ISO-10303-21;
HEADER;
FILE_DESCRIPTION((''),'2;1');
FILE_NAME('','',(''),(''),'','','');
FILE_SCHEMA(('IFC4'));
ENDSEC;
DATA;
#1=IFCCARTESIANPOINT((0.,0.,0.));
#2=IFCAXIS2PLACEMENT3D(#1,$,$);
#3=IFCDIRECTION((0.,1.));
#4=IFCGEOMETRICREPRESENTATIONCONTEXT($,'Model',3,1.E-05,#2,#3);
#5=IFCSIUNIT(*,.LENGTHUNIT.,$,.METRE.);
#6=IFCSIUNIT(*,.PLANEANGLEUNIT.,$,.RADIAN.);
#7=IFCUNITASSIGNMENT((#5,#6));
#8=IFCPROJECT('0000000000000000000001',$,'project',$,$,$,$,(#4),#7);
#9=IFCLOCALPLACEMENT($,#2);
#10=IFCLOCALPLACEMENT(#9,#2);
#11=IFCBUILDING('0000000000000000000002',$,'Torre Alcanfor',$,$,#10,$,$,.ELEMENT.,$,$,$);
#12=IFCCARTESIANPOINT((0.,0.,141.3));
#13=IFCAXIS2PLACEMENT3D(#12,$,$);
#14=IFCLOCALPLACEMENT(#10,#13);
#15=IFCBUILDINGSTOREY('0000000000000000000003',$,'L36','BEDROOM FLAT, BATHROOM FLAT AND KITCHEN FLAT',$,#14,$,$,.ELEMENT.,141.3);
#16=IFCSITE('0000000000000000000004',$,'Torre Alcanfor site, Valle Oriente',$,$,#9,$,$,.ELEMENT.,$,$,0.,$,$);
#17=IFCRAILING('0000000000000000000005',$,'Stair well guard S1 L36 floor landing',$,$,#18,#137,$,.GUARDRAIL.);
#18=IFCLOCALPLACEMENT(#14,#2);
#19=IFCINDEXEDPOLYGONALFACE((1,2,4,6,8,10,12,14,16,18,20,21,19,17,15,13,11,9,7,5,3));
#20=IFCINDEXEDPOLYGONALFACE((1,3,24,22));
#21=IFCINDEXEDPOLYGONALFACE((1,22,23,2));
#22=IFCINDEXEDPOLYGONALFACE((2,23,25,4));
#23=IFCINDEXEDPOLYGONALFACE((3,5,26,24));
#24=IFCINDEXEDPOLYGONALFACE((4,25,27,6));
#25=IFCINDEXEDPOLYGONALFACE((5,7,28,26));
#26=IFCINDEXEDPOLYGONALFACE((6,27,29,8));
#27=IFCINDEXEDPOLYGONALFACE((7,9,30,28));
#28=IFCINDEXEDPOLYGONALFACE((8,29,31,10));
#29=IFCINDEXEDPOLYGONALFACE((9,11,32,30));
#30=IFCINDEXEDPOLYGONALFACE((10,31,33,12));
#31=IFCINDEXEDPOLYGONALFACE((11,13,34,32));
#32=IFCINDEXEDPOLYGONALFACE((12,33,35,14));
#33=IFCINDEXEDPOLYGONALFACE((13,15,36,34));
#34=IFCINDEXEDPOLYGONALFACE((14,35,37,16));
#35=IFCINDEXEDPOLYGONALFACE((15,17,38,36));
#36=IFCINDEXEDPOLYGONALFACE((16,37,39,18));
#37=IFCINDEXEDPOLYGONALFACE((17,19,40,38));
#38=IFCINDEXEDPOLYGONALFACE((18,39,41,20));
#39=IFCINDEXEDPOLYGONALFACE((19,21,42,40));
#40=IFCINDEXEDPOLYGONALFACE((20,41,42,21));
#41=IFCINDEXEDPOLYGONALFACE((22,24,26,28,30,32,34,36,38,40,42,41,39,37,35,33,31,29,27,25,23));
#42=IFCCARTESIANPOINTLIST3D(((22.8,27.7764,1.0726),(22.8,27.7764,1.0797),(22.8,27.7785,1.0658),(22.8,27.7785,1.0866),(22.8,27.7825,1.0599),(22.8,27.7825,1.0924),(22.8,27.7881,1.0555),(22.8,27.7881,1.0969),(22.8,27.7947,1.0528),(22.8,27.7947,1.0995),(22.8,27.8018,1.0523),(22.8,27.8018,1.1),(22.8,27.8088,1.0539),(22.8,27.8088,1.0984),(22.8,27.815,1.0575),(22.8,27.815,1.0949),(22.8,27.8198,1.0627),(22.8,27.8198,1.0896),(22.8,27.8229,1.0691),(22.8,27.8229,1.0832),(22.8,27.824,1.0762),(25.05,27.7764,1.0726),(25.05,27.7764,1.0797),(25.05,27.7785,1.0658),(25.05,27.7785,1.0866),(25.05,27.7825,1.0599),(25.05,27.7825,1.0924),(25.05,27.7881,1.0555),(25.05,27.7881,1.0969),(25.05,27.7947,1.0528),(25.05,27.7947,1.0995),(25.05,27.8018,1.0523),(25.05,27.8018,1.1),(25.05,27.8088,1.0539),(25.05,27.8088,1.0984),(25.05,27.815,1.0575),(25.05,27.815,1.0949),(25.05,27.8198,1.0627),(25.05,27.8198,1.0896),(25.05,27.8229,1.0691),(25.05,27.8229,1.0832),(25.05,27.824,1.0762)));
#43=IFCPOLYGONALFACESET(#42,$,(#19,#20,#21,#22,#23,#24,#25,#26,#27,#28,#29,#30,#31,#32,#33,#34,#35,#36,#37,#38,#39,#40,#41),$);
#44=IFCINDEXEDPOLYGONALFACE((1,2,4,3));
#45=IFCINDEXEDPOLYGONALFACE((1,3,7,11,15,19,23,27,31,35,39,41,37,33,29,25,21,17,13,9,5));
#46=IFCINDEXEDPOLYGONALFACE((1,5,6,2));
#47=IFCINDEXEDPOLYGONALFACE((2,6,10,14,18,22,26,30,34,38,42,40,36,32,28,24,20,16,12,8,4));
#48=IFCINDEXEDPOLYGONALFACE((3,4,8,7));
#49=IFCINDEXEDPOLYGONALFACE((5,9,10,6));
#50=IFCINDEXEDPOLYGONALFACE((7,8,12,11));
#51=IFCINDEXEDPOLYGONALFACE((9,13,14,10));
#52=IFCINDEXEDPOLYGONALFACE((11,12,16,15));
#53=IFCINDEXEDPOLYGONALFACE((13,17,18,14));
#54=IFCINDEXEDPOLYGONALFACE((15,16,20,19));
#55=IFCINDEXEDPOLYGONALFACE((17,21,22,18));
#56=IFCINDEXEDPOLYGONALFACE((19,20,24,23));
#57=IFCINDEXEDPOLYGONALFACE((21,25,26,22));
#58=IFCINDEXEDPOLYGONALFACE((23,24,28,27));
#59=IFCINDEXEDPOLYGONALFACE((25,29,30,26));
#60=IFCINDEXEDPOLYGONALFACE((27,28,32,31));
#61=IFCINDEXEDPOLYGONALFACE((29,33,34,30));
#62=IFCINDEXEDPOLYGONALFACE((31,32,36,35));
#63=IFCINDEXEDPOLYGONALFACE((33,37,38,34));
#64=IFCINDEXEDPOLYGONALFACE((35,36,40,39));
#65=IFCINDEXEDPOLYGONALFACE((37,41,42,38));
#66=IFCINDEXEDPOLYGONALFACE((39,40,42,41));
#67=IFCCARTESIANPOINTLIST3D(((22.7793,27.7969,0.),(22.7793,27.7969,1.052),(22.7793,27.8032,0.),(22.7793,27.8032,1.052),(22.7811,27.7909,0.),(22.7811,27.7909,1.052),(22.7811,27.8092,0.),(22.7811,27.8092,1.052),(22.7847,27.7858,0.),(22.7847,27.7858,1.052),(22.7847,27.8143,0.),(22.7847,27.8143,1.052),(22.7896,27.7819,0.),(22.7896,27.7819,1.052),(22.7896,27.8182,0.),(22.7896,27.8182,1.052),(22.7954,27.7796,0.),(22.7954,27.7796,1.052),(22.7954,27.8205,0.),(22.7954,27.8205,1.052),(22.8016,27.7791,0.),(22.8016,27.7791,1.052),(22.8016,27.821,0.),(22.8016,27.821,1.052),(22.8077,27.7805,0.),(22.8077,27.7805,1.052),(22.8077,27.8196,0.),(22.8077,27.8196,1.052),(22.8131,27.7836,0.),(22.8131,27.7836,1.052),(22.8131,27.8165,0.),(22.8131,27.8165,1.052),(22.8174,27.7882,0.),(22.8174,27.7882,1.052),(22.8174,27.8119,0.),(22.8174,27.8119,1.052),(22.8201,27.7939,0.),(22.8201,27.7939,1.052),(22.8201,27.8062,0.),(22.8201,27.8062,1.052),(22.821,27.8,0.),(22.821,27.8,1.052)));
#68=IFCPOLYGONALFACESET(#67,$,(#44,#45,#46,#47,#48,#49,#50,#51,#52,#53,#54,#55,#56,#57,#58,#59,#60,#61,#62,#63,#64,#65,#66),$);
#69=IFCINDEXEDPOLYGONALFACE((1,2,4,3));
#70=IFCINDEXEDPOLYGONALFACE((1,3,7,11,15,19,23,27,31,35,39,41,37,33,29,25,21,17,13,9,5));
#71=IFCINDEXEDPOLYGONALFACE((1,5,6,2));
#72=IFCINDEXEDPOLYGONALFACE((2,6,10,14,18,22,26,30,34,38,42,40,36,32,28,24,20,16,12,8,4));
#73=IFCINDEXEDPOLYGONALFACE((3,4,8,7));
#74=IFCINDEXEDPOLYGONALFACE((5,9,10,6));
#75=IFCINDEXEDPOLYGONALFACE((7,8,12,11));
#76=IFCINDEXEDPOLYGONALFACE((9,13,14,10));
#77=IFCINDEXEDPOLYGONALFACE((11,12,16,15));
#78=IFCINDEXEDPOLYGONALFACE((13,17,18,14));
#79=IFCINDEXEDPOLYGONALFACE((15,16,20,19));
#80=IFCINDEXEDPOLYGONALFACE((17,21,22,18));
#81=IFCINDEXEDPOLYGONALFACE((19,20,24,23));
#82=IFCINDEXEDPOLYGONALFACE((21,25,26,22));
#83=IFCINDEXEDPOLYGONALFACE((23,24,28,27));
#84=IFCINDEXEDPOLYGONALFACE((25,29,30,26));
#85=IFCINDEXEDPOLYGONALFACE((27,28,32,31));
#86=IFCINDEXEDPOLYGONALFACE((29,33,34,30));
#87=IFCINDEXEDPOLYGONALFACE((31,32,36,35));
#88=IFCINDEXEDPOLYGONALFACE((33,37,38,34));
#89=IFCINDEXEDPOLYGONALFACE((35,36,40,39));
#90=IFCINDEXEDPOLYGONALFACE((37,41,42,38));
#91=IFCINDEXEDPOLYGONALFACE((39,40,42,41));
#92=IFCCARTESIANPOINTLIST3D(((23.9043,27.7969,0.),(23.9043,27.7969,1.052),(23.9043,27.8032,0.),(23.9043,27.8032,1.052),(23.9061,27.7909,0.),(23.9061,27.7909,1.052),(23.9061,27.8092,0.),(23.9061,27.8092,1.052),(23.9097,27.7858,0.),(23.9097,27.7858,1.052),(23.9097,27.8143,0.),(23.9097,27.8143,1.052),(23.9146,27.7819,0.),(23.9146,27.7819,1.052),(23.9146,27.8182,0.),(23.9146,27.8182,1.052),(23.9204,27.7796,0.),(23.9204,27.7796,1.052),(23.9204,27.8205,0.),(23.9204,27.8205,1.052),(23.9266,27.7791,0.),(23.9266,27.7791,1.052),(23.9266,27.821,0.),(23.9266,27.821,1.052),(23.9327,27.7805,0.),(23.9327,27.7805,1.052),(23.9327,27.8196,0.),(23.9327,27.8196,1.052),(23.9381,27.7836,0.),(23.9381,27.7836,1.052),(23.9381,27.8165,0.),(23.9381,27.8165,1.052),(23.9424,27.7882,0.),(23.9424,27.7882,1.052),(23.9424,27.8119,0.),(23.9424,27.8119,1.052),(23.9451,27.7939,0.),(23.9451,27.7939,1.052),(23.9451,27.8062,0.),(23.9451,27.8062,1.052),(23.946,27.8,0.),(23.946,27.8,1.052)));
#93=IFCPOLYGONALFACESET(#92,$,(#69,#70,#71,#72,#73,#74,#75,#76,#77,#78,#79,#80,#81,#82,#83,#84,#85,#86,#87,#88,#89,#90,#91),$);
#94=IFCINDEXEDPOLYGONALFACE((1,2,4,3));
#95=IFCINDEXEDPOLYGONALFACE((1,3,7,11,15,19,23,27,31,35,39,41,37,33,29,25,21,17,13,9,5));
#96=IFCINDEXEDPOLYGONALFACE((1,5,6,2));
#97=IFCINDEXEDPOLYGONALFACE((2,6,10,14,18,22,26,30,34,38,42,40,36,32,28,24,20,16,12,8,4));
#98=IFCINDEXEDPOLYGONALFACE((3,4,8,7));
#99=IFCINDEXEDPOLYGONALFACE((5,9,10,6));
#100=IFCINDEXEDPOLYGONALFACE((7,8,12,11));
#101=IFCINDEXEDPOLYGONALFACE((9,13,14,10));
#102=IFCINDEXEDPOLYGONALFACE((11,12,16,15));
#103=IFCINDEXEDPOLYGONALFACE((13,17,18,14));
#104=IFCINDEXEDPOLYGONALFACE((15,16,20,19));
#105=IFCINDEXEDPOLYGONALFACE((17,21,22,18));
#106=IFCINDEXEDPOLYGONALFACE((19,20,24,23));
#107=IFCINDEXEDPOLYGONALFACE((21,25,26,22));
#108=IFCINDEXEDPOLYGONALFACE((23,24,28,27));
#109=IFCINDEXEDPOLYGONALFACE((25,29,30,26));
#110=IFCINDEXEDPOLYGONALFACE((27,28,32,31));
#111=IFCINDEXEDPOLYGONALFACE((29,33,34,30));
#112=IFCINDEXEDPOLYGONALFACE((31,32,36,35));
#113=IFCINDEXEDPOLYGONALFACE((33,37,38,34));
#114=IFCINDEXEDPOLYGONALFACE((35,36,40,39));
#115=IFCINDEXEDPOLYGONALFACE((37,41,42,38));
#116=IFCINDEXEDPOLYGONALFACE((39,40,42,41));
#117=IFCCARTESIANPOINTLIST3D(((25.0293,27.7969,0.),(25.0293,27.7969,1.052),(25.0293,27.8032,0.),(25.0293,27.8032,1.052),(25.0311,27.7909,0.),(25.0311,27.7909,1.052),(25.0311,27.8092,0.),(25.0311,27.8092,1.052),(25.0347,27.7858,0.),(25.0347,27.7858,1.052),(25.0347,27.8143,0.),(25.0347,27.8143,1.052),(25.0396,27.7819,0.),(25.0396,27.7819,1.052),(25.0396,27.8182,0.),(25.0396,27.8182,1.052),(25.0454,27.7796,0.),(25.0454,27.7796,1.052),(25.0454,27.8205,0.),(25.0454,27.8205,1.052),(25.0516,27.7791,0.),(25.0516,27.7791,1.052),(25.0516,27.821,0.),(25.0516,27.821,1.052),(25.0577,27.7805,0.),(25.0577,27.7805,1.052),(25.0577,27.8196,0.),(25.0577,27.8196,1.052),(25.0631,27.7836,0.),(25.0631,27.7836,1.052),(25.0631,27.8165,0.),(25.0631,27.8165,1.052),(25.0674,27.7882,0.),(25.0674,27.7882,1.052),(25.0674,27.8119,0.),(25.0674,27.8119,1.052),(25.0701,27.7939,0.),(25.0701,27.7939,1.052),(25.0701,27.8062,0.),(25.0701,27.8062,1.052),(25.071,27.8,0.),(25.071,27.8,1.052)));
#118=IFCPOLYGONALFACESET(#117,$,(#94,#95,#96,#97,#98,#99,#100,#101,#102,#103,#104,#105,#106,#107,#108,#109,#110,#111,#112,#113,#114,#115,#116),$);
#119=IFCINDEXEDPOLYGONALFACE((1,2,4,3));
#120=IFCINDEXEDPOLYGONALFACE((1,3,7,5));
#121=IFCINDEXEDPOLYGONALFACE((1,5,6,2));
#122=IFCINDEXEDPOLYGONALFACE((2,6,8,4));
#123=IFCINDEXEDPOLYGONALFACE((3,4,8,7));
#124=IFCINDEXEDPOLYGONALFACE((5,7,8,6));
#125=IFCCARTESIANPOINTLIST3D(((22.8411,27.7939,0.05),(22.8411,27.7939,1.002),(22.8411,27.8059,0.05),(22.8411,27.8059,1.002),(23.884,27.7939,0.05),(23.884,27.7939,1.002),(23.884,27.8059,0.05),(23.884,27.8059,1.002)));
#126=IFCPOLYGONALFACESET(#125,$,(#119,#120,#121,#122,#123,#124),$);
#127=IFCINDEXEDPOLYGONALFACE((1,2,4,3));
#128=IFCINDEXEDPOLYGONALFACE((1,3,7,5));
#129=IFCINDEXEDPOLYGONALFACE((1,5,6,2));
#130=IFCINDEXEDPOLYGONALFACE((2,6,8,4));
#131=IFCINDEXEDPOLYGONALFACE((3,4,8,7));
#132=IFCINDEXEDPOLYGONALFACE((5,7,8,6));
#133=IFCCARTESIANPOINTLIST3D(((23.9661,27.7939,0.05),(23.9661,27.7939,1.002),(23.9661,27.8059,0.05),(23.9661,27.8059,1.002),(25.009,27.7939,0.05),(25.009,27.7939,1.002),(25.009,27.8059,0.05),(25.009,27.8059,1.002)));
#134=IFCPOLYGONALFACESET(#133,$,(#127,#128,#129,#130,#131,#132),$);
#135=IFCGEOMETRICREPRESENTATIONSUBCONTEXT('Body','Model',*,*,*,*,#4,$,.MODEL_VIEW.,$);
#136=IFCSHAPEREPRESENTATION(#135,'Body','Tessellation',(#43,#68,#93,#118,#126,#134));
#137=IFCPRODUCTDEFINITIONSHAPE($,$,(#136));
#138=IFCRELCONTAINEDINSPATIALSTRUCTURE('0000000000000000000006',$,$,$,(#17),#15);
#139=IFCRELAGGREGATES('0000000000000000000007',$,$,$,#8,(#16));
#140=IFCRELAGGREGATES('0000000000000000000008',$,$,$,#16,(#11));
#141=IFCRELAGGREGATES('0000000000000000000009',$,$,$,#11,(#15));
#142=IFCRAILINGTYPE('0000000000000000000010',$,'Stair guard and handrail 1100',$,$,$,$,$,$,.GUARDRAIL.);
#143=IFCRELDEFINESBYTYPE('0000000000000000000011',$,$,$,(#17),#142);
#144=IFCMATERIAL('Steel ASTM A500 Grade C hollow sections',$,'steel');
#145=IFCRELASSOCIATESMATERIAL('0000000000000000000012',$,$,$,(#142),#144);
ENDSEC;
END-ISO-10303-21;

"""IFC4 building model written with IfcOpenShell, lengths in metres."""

from ifc_helpers import new_model, si_unit, direction, frame, origin, origin_2d, place, context, subcontext, project, spatial, polyline, circle, outline, extrude, material, type_object, element, save


model = new_model("IFC4")

# Units and contexts
model_context = context("Model", 3, precision=1e-05, world=origin(), true_north=direction((0.0, 1.0)))
body_context = subcontext(model_context, "Body", "Model", "MODEL_VIEW")
ifc_project = project(units=[si_unit("LENGTHUNIT", "METRE"), si_unit("PLANEANGLEUNIT", "RADIAN")], contexts=[model_context])

# Site, building, storey
site_placement = place(None, origin())
site = spatial("IfcSite", under=ifc_project, at=site_placement, Name="Torre Alcanfor site, Valle Oriente", CompositionType="ELEMENT", RefElevation=0.0)
building_placement = place(site_placement, origin())
building = spatial("IfcBuilding", under=site, at=building_placement, Name="Torre Alcanfor", CompositionType="ELEMENT")
storey_placement = place(building_placement, frame((0.0, 0.0, 141.3)))
storey = spatial("IfcBuildingStorey", under=building, at=storey_placement, Name="L36", Description="BEDROOM FLAT, BATHROOM FLAT AND KITCHEN FLAT", CompositionType="ELEMENT", Elevation=141.3)

# Railing
ifc_material_1 = material(Name="Steel ASTM A500 Grade C hollow sections", Category="steel")
railing_type_1 = type_object("IfcRailingType", Name="Stair guard and handrail 1100", PredefinedType="GUARDRAIL", material=ifc_material_1)
railing_1_placement = place(storey_placement, frame((22.8, 27.8, 0.0)))
element("IfcRailing", 1, at=railing_1_placement, inside=storey, type_object=railing_type_1, Name="Stair well guard S1 L36 floor landing", PredefinedType="GUARDRAIL", context=body_context, shape_type="SweptSolid", body=[
    extrude(circle(Radius=0.0239, at=origin_2d()), frame((0.0, 0.0, 1.0762), z_axis=(1.0, 0.0, 0.0), x_axis=(0.0, 1.0, 0.0)), (0.0, 0.0, 1.0), 2.25),
    extrude(circle(Radius=0.021, at=origin_2d()), origin(), (0.0, 0.0, 1.0), 1.052),
    extrude(circle(Radius=0.021, at=origin_2d()), frame((1.125, 0.0, 0.0)), (0.0, 0.0, 1.0), 1.052),
    extrude(circle(Radius=0.021, at=origin_2d()), frame((2.25, 0.0, 0.0)), (0.0, 0.0, 1.0), 1.052),
    extrude(outline(polyline([(0.041, 0.05), (1.084, 0.05), (1.084, 1.002), (0.041, 1.002), (0.041, 0.05)])), frame((0.0, 0.0059, 0.0), z_axis=(0.0, -1.0, 0.0), x_axis=(1.0, 0.0, 0.0)), (0.0, 0.0, 1.0), 0.012),
    extrude(outline(polyline([(1.166, 0.05), (2.209, 0.05), (2.209, 1.002), (1.166, 1.002), (1.166, 0.05)])), frame((0.0, 0.0059, 0.0), z_axis=(0.0, -1.0, 0.0), x_axis=(1.0, 0.0, 0.0)), (0.0, 0.0, 1.0), 0.012),
])

save(model, "model.ifc")
